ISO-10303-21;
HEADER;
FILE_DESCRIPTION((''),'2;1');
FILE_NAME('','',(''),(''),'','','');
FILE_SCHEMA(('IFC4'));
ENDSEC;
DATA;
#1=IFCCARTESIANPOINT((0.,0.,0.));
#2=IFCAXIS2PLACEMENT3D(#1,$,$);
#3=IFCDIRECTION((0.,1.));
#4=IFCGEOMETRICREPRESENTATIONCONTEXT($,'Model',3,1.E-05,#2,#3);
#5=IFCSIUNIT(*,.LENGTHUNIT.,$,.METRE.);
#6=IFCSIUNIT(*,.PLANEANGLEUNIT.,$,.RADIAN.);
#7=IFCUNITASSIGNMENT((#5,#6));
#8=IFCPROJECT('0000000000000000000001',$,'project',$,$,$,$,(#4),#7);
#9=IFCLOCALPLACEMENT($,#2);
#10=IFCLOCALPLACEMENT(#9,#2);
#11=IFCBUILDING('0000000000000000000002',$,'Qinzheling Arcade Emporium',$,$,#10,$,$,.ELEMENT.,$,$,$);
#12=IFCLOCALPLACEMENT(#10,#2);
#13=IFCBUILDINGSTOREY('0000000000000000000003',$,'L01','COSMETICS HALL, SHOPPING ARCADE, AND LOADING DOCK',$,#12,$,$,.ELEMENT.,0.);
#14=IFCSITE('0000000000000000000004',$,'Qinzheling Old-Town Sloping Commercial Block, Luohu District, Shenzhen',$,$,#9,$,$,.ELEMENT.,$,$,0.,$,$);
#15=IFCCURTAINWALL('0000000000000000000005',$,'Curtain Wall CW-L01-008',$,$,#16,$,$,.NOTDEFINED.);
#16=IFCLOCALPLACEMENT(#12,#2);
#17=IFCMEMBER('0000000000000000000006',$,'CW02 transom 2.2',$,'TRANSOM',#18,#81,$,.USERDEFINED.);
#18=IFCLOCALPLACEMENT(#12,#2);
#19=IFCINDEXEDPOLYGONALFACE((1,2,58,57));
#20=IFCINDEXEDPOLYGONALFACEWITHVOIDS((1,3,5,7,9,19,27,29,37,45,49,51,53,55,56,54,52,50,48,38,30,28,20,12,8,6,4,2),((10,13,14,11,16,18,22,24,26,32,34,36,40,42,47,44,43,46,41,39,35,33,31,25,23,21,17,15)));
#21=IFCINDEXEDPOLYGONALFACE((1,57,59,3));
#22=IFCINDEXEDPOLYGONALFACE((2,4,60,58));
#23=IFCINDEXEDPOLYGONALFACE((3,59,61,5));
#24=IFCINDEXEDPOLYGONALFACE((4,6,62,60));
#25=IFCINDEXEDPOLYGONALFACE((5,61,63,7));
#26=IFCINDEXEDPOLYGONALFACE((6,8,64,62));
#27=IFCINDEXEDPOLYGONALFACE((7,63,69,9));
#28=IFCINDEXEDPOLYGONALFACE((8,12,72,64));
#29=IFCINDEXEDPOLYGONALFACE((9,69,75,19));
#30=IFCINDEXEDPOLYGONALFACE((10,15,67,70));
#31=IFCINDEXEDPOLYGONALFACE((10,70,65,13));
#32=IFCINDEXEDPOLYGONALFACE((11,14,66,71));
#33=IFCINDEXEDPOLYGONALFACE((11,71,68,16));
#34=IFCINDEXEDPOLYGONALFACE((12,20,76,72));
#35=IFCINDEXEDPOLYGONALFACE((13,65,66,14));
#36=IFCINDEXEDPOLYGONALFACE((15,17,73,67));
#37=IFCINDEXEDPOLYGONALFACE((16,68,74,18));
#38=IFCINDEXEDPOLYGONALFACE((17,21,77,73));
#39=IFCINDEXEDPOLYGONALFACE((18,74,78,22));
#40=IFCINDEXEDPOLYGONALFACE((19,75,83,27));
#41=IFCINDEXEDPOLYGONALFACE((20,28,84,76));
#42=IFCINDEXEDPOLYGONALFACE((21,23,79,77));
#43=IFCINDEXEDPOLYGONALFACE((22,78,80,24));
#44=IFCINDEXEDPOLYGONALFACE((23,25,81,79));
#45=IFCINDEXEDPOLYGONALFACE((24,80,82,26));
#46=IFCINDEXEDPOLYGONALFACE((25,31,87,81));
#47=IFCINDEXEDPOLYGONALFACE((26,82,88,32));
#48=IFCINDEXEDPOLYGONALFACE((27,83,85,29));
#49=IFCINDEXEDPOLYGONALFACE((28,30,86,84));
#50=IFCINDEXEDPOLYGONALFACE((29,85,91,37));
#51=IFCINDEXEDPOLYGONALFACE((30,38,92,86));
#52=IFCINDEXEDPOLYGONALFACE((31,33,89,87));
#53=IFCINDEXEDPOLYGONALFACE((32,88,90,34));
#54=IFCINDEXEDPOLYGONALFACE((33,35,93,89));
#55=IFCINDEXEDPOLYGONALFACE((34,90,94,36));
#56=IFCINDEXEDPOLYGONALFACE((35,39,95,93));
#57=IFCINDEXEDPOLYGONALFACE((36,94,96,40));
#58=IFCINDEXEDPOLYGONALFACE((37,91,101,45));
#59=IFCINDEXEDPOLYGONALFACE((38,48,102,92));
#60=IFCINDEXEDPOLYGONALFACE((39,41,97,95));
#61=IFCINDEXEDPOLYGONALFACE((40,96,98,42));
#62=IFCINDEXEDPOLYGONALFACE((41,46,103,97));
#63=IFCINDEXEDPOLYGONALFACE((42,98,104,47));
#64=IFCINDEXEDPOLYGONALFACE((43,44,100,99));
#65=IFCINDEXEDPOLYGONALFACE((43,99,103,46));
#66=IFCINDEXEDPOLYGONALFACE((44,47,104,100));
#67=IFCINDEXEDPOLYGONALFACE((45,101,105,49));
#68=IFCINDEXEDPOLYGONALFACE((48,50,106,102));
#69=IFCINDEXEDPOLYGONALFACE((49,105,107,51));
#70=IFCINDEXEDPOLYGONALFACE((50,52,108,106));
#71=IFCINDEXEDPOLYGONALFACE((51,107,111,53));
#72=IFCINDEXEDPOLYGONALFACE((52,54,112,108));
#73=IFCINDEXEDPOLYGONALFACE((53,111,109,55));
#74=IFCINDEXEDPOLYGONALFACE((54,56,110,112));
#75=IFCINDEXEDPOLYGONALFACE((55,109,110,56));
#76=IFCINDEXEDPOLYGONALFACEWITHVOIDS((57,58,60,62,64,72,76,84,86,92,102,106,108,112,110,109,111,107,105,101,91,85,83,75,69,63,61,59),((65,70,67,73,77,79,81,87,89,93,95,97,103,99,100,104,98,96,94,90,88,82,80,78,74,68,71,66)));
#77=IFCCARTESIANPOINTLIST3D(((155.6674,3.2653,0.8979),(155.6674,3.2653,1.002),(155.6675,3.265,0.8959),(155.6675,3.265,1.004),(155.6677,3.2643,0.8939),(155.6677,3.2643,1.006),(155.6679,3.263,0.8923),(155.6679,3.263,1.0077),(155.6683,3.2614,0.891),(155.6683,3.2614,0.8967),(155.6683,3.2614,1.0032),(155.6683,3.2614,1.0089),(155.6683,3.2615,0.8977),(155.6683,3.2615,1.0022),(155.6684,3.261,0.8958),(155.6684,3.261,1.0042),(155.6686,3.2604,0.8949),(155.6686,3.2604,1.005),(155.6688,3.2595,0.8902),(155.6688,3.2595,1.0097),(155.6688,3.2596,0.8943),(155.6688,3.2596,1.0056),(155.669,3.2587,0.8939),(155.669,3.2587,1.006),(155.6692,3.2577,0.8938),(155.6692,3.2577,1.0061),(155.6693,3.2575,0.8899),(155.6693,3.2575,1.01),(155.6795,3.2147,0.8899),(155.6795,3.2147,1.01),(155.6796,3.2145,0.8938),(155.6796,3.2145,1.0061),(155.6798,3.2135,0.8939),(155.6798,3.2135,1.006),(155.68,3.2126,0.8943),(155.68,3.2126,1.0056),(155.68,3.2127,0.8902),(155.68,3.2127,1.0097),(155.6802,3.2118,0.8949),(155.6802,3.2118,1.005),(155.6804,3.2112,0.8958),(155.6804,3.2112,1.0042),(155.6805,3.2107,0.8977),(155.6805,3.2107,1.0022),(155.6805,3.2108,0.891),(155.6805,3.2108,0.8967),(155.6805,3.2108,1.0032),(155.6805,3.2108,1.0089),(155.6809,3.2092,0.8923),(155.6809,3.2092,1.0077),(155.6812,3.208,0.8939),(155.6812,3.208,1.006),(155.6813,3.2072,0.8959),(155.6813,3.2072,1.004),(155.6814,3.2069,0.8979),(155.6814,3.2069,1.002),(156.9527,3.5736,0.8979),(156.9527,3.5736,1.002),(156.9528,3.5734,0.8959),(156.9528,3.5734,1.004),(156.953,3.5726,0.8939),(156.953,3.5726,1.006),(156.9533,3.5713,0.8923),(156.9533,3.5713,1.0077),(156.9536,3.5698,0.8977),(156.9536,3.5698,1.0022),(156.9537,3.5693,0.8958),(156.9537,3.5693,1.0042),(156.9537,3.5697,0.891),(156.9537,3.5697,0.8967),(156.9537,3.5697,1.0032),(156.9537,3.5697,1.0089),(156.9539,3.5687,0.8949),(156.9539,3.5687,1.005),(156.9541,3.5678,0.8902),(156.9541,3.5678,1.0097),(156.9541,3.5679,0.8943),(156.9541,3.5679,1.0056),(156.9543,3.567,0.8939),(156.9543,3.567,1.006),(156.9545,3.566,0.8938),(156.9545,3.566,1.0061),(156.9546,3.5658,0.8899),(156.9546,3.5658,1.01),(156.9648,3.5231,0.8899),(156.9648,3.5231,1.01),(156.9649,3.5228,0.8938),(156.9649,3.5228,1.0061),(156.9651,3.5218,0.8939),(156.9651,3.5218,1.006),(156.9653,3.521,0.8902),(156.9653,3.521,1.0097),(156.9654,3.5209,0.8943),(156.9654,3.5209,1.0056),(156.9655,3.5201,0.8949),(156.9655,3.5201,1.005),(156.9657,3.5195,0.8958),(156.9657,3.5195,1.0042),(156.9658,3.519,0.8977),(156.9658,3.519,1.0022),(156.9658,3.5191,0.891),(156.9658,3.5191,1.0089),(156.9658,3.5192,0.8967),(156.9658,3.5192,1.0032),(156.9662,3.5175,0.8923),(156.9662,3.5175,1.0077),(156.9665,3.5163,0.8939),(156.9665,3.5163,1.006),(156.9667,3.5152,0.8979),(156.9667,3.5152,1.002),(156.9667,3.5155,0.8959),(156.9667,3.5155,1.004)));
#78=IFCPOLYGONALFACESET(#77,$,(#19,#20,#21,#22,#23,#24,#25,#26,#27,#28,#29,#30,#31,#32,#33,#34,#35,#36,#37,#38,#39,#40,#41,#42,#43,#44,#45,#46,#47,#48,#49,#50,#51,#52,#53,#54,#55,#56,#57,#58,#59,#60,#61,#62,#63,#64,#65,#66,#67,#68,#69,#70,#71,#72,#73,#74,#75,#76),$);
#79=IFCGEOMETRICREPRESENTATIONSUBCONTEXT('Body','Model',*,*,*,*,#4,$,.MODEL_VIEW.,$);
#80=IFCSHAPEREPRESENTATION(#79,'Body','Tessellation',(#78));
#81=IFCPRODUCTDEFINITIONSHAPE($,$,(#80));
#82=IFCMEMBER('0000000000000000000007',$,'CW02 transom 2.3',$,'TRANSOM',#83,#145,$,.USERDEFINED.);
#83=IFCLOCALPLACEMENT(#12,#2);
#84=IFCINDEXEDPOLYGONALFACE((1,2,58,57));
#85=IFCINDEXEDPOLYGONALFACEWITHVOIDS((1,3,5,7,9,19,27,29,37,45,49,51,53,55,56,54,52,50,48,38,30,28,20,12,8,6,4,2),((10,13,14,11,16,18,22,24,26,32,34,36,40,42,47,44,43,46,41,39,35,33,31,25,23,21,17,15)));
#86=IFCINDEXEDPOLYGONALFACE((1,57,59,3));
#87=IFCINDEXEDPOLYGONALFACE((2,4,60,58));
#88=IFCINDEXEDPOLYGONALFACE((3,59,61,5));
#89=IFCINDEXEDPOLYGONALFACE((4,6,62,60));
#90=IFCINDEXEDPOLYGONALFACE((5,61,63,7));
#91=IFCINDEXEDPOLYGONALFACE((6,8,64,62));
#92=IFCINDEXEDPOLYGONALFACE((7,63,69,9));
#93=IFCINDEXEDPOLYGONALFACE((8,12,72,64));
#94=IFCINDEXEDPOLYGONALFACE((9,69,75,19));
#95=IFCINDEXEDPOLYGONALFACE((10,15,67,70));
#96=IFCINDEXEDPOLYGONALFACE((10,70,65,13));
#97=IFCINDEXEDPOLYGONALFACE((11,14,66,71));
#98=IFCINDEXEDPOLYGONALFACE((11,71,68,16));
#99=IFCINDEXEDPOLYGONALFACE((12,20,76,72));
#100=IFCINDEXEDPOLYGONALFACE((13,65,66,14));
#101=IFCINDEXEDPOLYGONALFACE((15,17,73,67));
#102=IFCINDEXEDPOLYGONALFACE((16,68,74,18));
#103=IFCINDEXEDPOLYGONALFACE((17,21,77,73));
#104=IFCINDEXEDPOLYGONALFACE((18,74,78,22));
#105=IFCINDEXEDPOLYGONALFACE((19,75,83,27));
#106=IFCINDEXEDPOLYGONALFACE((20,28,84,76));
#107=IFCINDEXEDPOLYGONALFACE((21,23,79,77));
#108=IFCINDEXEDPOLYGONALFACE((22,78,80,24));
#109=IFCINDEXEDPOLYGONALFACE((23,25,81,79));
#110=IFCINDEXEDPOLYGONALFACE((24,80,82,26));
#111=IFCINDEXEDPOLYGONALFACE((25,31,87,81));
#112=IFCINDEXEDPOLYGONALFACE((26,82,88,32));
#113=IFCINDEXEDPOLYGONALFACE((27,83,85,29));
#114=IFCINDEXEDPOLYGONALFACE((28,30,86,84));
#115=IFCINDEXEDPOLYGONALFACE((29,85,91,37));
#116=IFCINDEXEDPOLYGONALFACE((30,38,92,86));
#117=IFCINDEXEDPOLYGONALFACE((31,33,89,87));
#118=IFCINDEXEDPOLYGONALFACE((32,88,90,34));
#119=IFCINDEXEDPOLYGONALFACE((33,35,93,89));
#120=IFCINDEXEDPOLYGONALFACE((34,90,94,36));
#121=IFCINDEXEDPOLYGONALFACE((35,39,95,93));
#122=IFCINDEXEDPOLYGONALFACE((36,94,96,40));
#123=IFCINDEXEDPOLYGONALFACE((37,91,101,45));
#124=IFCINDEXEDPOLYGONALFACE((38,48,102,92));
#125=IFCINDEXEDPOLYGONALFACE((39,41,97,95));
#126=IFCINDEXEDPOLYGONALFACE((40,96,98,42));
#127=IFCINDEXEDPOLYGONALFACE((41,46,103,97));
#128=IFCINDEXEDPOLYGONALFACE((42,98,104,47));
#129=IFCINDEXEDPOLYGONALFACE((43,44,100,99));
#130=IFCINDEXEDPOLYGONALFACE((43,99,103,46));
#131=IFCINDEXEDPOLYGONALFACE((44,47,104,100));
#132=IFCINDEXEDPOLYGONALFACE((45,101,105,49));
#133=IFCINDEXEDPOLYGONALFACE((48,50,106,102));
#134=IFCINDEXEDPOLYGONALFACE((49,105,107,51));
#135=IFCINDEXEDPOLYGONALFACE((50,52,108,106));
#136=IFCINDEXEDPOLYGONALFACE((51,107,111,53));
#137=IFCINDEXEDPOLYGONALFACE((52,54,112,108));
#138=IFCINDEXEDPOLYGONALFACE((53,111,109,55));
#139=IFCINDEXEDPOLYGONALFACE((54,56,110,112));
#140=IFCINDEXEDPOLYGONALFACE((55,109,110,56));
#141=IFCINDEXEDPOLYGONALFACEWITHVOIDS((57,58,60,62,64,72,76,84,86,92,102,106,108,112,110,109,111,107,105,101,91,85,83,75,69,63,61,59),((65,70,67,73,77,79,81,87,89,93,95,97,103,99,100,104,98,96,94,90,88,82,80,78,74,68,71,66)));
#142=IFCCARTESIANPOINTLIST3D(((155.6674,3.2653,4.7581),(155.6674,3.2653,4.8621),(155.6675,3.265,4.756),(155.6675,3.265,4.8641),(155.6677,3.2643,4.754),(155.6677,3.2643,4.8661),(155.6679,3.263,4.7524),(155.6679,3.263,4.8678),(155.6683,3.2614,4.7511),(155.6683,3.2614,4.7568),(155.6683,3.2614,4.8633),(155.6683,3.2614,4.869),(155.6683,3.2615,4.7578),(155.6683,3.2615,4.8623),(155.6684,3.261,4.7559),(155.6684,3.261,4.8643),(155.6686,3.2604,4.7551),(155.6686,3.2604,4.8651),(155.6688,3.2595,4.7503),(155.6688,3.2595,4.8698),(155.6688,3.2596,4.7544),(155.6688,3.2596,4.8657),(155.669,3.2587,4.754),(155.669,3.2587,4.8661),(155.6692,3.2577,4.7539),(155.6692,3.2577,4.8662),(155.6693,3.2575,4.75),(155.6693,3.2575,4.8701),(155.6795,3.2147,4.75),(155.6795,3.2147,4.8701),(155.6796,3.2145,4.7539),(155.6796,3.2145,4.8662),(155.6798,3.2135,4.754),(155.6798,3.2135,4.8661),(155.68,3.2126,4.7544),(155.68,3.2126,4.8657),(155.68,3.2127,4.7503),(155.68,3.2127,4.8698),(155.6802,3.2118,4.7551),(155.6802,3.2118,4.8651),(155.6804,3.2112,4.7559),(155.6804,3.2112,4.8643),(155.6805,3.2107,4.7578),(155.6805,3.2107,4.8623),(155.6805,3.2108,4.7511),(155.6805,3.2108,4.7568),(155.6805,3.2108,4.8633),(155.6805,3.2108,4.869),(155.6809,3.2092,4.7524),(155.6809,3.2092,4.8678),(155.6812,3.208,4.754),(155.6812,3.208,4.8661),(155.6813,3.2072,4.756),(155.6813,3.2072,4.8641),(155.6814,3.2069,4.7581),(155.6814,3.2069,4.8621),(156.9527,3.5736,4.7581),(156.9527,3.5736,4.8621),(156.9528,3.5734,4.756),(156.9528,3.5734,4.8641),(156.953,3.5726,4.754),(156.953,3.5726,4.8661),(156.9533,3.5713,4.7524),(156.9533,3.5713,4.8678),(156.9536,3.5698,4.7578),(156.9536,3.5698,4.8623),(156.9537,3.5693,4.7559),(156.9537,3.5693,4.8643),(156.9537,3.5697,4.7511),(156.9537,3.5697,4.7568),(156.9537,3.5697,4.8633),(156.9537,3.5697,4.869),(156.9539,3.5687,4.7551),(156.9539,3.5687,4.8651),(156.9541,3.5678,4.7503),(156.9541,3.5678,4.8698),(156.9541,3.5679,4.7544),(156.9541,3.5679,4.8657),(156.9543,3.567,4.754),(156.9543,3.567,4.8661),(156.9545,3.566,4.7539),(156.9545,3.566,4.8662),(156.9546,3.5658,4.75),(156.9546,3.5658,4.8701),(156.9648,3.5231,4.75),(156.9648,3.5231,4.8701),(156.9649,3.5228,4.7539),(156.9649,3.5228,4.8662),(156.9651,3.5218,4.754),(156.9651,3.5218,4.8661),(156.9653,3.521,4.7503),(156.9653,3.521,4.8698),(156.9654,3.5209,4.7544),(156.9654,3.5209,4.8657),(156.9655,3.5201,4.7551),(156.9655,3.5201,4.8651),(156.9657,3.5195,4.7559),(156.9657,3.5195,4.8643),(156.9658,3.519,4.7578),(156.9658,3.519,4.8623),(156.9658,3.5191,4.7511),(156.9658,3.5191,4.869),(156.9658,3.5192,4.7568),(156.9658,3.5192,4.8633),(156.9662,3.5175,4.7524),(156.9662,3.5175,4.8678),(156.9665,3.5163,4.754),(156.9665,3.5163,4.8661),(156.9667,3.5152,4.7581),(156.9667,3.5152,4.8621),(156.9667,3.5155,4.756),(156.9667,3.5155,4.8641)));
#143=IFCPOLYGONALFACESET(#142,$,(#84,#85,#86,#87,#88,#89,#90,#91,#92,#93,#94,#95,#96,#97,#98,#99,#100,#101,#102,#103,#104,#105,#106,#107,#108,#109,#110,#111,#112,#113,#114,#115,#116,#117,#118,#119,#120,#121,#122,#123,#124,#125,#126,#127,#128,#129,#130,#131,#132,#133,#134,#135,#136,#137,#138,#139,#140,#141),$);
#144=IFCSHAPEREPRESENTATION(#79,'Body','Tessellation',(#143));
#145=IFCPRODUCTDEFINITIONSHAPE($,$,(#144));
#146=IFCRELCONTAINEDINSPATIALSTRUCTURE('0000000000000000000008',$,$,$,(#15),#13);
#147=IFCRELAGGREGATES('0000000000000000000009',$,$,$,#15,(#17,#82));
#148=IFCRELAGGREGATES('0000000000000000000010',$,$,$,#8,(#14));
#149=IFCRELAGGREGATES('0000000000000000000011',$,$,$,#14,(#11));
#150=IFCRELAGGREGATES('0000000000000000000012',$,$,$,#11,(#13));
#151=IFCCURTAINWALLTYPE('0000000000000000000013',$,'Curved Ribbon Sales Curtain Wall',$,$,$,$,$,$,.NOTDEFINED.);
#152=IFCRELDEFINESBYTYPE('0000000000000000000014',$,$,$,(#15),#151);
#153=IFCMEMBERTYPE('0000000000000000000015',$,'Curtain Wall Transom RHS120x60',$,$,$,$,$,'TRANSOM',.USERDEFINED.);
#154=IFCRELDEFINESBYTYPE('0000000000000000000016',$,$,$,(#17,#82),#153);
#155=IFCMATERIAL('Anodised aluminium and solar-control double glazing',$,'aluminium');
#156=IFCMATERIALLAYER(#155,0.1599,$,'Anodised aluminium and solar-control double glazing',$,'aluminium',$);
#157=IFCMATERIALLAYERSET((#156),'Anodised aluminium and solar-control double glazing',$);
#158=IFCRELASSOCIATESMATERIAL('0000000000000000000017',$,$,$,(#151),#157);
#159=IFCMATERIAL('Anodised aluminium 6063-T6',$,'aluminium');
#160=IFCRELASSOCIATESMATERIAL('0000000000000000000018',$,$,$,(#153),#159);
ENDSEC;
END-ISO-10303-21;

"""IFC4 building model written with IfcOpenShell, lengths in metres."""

from ifc_helpers import new_model, si_unit, direction, frame, origin, origin_2d, place, context, subcontext, project, spatial, hollow_rectangle, extrude, material, layer, layer_set, material_profile, profile_set, type_object, element, aggregate, save


model = new_model("IFC4")

# Units and contexts
model_context = context("Model", 3, precision=1e-05, world=origin(), true_north=direction((0.0, 1.0)))
body_context = subcontext(model_context, "Body", "Model", "MODEL_VIEW")
ifc_project = project(units=[si_unit("LENGTHUNIT", "METRE"), si_unit("PLANEANGLEUNIT", "RADIAN")], contexts=[model_context])

# Site, building, storey
site_placement = place(None, origin())
site = spatial("IfcSite", under=ifc_project, at=site_placement, Name="Qinzheling Old-Town Sloping Commercial Block, Luohu District, Shenzhen", CompositionType="ELEMENT", RefElevation=0.0)
building_placement = place(site_placement, origin())
building = spatial("IfcBuilding", under=site, at=building_placement, Name="Qinzheling Arcade Emporium", CompositionType="ELEMENT")
storey_placement = place(building_placement, origin())
storey = spatial("IfcBuildingStorey", under=building, at=storey_placement, Name="L01", Description="COSMETICS HALL, SHOPPING ARCADE, AND LOADING DOCK", CompositionType="ELEMENT", Elevation=0.0)

# Curtain wall
ifc_material_1 = material(Name="Anodised aluminium and solar-control double glazing", Category="aluminium")
ifc_layer_1 = layer(ifc_material_1, 0.1599, Name="Anodised aluminium and solar-control double glazing", Category="aluminium")
ifc_layer_set_1 = layer_set([ifc_layer_1], Name="Anodised aluminium and solar-control double glazing")
curtain_wall_type = type_object("IfcCurtainWallType", Name="Curved Ribbon Sales Curtain Wall", PredefinedType="NOTDEFINED", material=ifc_layer_set_1)
ifc_material_2 = material(Name="Anodised aluminium 6063-T6", Category="aluminium")
curtain_wall_1_placement = place(storey_placement, origin())
curtain_wall_1 = element("IfcCurtainWall", 1, at=curtain_wall_1_placement, inside=storey, type_object=curtain_wall_type, Name="Curtain Wall CW-L01-008", PredefinedType="NOTDEFINED")

# Members
ifc_material_profile_1 = material_profile(ifc_material_2, hollow_rectangle(XDim=0.0601, YDim=0.1201, WallThickness=0.0039, InnerFilletRadius=0.0039, OuterFilletRadius=0.0081, at=origin_2d()), Name="RHS 120x60x4", Category="aluminium")
ifc_profile_set_1 = profile_set([ifc_material_profile_1], Name="Anodised aluminium 6063-T6")
member_type_1 = type_object("IfcMemberType", Name="Curtain Wall Transom RHS120x60", ElementType="TRANSOM", PredefinedType="USERDEFINED", material=ifc_profile_set_1)
member_1_placement = place(storey_placement, frame((156.9597, 3.5444, 0.95), z_axis=(-0.972412, -0.233268, 0.0), x_axis=(0.233268, -0.972412, 0.0)))
member_1 = element("IfcMember", 2, at=member_1_placement, type_object=member_type_1, Name="CW02 transom 2.2", ObjectType="TRANSOM", PredefinedType="USERDEFINED", context=body_context, shape_type="SweptSolid", body=[
    extrude(hollow_rectangle(XDim=0.0601, YDim=0.1201, WallThickness=0.0039, InnerFilletRadius=0.0039, OuterFilletRadius=0.0081, at=origin_2d()), origin(), (0.0, 0.0, 1.0), 1.3218),
])
member_2_placement = place(storey_placement, frame((156.9597, 3.5444, 4.8101), z_axis=(-0.972412, -0.233268, 0.0), x_axis=(0.233268, -0.972412, 0.0)))
member_2 = element("IfcMember", 3, at=member_2_placement, type_object=member_type_1, Name="CW02 transom 2.3", ObjectType="TRANSOM", PredefinedType="USERDEFINED", context=body_context, shape_type="SweptSolid", body=[
    extrude(hollow_rectangle(XDim=0.0601, YDim=0.1201, WallThickness=0.0039, InnerFilletRadius=0.0039, OuterFilletRadius=0.0081, at=origin_2d()), origin(), (0.0, 0.0, 1.0), 1.3218),
])

aggregate(curtain_wall_1, [member_1, member_2])

save(model, "model.ifc")
